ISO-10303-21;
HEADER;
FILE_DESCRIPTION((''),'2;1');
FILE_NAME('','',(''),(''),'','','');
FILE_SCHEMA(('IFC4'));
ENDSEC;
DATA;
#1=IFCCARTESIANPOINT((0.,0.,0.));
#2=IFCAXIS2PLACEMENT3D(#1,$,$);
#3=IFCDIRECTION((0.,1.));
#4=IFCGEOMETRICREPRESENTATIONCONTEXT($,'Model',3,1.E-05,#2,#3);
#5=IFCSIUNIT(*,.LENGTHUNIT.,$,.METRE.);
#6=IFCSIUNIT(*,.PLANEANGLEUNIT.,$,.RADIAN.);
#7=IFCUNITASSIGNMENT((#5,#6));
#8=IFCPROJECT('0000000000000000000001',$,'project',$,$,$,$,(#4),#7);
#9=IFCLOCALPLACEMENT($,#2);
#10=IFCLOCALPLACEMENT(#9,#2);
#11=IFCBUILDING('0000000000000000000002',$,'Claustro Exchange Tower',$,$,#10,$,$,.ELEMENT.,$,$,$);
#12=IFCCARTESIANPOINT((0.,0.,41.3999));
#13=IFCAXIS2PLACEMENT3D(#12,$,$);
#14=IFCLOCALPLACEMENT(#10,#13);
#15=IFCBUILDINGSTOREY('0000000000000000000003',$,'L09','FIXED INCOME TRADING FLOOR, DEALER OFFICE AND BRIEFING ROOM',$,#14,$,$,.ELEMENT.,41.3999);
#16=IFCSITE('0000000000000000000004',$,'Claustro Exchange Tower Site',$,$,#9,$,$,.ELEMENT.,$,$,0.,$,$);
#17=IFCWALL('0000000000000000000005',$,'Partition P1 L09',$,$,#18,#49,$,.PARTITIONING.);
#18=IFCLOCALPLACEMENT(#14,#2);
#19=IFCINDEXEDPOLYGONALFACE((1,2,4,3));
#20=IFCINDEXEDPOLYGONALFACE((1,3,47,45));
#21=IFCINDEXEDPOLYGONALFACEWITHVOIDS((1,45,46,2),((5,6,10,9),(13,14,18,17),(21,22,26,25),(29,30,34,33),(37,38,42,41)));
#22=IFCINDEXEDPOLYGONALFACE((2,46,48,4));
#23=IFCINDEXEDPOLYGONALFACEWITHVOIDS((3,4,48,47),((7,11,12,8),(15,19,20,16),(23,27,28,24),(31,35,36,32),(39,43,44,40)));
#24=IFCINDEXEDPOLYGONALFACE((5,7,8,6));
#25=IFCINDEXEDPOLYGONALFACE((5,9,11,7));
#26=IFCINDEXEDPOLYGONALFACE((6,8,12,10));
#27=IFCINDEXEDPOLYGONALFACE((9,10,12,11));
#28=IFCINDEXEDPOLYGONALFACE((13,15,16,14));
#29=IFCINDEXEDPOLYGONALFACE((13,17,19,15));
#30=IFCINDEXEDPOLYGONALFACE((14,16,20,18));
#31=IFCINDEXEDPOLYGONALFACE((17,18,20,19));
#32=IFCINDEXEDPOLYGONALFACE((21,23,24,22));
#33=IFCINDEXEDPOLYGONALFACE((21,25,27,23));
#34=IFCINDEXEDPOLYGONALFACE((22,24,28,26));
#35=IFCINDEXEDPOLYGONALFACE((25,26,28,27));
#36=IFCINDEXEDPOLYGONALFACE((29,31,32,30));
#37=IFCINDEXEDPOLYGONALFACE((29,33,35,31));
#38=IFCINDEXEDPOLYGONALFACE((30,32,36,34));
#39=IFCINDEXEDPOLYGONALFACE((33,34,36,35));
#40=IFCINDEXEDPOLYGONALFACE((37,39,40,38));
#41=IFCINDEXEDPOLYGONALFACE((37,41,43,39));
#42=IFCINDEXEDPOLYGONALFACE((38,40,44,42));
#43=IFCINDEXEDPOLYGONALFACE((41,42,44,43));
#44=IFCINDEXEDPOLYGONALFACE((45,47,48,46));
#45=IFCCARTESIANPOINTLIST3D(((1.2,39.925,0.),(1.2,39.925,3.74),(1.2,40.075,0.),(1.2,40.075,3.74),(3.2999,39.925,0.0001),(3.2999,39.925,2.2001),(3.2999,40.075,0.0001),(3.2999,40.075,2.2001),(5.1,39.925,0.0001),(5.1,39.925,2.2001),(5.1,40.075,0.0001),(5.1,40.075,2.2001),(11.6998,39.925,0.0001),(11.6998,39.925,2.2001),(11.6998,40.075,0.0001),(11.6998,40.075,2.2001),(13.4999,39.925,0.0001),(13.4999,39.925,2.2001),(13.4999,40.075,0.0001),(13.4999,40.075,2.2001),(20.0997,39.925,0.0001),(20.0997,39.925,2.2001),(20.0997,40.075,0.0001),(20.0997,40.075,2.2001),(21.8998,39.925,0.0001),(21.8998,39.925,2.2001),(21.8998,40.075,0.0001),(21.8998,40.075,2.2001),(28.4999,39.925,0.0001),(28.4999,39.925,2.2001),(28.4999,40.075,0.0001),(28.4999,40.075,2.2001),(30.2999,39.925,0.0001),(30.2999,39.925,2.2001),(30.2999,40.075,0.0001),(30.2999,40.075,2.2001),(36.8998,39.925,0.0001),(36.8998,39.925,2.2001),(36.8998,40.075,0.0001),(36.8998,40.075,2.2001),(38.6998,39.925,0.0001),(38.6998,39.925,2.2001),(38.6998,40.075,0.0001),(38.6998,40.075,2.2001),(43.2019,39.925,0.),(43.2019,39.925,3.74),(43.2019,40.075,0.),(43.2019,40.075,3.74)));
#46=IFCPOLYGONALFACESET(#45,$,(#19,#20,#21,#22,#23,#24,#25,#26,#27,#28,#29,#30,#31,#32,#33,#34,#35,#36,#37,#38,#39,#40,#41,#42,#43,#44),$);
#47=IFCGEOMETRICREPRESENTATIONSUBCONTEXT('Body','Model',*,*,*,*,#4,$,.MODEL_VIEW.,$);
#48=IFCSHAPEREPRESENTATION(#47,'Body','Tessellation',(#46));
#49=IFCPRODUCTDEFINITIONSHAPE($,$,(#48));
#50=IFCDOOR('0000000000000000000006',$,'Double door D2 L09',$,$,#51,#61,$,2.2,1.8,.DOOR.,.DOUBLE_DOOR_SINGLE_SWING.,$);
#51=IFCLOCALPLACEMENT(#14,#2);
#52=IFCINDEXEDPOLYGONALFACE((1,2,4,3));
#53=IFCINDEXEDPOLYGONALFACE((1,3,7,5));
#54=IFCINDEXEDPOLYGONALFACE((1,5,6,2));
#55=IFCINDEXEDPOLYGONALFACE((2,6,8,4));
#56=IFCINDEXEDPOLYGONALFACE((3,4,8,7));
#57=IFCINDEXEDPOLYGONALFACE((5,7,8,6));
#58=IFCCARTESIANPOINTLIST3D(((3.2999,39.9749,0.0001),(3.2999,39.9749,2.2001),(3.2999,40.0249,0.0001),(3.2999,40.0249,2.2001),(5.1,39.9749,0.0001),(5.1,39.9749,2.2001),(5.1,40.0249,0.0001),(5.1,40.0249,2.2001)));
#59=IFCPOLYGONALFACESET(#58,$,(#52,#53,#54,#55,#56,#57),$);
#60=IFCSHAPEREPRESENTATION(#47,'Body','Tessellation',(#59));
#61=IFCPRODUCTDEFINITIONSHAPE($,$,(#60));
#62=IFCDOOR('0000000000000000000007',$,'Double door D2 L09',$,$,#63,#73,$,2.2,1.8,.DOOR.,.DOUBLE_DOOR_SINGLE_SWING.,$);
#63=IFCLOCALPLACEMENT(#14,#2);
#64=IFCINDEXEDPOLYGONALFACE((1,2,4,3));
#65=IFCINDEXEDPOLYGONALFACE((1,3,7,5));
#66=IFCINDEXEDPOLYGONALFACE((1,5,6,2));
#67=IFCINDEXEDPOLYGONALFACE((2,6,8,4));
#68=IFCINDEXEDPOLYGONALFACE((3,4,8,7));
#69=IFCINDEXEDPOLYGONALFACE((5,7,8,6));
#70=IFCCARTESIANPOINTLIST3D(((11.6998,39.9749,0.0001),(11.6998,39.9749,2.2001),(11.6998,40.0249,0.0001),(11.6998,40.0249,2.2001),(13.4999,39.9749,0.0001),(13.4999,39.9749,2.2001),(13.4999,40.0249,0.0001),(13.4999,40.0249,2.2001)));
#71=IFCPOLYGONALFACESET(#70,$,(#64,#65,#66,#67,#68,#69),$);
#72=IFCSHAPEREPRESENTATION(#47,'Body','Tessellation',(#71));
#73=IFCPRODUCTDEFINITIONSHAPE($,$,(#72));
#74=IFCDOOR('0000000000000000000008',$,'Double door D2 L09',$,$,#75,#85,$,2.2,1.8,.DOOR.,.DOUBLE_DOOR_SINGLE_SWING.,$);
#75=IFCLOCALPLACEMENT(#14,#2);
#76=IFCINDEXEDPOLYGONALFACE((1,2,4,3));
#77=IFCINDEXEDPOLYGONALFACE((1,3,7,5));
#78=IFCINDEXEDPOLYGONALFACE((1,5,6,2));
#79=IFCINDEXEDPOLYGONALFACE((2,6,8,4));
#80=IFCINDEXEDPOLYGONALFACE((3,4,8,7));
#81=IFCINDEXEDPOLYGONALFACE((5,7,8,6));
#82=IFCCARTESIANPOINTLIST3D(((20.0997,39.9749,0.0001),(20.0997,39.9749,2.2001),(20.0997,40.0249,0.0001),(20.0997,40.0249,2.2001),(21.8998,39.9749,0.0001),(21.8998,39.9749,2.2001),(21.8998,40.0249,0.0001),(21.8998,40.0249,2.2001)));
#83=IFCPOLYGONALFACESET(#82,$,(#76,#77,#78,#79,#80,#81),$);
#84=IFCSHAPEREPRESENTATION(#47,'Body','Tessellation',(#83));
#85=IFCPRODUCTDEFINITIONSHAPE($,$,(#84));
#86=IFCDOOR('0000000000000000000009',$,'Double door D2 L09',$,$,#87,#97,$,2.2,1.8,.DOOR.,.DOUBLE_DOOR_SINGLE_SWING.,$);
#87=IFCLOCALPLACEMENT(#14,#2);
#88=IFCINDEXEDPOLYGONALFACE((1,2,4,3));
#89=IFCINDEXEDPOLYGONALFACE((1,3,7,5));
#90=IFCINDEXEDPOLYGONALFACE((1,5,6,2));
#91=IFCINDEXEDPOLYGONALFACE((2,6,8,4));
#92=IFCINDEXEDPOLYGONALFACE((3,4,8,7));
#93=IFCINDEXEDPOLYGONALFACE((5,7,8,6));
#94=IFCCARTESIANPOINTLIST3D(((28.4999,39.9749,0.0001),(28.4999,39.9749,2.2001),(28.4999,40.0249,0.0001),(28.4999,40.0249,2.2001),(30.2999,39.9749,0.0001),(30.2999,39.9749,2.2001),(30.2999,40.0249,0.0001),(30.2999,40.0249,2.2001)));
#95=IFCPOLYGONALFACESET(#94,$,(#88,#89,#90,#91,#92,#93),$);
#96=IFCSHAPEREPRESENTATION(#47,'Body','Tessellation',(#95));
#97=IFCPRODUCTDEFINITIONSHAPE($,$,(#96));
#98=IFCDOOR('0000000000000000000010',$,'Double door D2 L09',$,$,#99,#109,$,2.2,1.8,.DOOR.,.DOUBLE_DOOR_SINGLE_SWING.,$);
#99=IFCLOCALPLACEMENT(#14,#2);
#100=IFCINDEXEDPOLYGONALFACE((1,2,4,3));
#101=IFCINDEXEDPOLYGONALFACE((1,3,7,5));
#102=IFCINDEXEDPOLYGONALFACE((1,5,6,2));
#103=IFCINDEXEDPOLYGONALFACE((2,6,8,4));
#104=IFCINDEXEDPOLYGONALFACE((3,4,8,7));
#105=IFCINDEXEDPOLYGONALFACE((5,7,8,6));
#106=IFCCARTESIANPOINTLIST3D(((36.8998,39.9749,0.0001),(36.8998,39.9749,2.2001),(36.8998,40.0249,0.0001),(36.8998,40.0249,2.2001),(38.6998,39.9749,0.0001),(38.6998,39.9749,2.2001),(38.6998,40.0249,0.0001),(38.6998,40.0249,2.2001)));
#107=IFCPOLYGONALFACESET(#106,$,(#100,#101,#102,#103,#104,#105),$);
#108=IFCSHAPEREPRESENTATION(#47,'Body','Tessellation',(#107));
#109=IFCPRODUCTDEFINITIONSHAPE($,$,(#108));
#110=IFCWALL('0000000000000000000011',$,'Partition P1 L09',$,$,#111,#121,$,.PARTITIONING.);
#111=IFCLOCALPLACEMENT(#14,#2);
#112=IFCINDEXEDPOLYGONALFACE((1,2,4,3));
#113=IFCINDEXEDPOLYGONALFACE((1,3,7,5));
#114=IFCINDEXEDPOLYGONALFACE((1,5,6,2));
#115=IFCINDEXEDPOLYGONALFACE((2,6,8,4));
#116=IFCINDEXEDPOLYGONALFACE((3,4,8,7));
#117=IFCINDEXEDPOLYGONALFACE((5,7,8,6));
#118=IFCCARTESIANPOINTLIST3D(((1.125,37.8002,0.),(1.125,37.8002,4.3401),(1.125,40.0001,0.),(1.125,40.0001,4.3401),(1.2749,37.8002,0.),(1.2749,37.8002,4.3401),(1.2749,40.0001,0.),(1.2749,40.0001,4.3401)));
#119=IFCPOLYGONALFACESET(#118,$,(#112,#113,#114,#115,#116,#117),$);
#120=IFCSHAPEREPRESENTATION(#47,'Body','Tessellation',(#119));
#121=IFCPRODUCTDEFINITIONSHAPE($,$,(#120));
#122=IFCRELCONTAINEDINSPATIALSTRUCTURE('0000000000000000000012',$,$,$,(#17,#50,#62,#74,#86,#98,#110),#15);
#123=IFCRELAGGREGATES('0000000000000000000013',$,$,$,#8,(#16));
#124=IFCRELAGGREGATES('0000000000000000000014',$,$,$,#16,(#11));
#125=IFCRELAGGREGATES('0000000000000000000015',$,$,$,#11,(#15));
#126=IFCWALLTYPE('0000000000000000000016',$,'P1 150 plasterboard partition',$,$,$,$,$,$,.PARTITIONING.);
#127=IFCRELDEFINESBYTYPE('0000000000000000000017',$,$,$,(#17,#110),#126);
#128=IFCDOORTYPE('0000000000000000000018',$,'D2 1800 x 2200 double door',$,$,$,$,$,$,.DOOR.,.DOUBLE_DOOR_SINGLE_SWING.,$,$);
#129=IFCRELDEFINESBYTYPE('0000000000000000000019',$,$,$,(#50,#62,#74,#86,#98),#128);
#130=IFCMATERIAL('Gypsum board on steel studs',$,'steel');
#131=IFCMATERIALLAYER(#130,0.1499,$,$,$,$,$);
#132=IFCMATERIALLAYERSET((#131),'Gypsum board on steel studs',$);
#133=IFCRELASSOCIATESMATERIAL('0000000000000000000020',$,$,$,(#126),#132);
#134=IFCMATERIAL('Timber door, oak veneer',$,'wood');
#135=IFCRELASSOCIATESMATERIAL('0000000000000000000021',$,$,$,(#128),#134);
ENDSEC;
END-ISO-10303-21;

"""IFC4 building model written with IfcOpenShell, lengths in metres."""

from ifc_helpers import new_model, si_unit, direction, frame, frame_2d, origin, place, context, subcontext, project, spatial, rectangle, extrude, material, layer, layer_set, type_object, element, fill, save


model = new_model("IFC4")

# Units and contexts
model_context = context("Model", 3, precision=1e-05, world=origin(), true_north=direction((0.0, 1.0)))
body_context = subcontext(model_context, "Body", "Model", "MODEL_VIEW")
ifc_project = project(units=[si_unit("LENGTHUNIT", "METRE"), si_unit("PLANEANGLEUNIT", "RADIAN")], contexts=[model_context])

# Site, building, storey
site_placement = place(None, origin())
site = spatial("IfcSite", under=ifc_project, at=site_placement, Name="Claustro Exchange Tower Site", CompositionType="ELEMENT", RefElevation=0.0)
building_placement = place(site_placement, origin())
building = spatial("IfcBuilding", under=site, at=building_placement, Name="Claustro Exchange Tower", CompositionType="ELEMENT")
storey_placement = place(building_placement, frame((0.0, 0.0, 41.3999)))
storey = spatial("IfcBuildingStorey", under=building, at=storey_placement, Name="L09", Description="FIXED INCOME TRADING FLOOR, DEALER OFFICE AND BRIEFING ROOM", CompositionType="ELEMENT", Elevation=41.3999)

# Shared definitions
ifc_material_1 = material(Name="Gypsum board on steel studs", Category="steel")
ifc_layer_1 = layer(ifc_material_1, 0.1499)
ifc_layer_set_1 = layer_set([ifc_layer_1], Name="Gypsum board on steel studs")
wall_type_1 = type_object("IfcWallType", Name="P1 150 plasterboard partition", PredefinedType="PARTITIONING", material=ifc_layer_set_1)

# Wall, openings, doors
wall_1_placement = place(storey_placement, frame((1.2, 40.0, 0.0), z_axis=(0.0, 0.0, 1.0), x_axis=(1.0, 0.0, 0.0)))
wall_1 = element("IfcWall", 1, at=wall_1_placement, inside=storey, type_object=wall_type_1, Name="Partition P1 L09", PredefinedType="PARTITIONING", context=body_context, shape_type="SweptSolid", body=[
    extrude(rectangle(XDim=42.002, YDim=0.1499, at=frame_2d((21.001, 0.0))), origin(), (0.0, 0.0, 1.0), 3.74),
])
opening_1_placement = place(wall_1_placement, frame((2.1001, 0.0, 0.0)))
opening_1 = element("IfcOpeningElement", 2, at=opening_1_placement, cuts=wall_1, PredefinedType="OPENING", context=body_context, shape_type="SweptSolid", body=[
    extrude(rectangle(XDim=1.8, YDim=2.2, at=frame_2d((0.8999, 1.1001))), frame((0.0, 0.085, 0.0), z_axis=(0.0, -1.0, 0.0), x_axis=(1.0, 0.0, 0.0)), (0.0, 0.0, 1.0), 0.1699),
])
opening_2_placement = place(wall_1_placement, frame((10.5, 0.0, 0.0)))
opening_2 = element("IfcOpeningElement", 3, at=opening_2_placement, cuts=wall_1, PredefinedType="OPENING", context=body_context, shape_type="SweptSolid", body=[
    extrude(rectangle(XDim=1.8, YDim=2.2, at=frame_2d((0.8999, 1.1001))), frame((0.0, 0.085, 0.0), z_axis=(0.0, -1.0, 0.0), x_axis=(1.0, 0.0, 0.0)), (0.0, 0.0, 1.0), 0.1699),
])
opening_3_placement = place(wall_1_placement, frame((18.8999, 0.0, 0.0)))
opening_3 = element("IfcOpeningElement", 4, at=opening_3_placement, cuts=wall_1, PredefinedType="OPENING", context=body_context, shape_type="SweptSolid", body=[
    extrude(rectangle(XDim=1.8, YDim=2.2, at=frame_2d((0.8999, 1.1001))), frame((0.0, 0.085, 0.0), z_axis=(0.0, -1.0, 0.0), x_axis=(1.0, 0.0, 0.0)), (0.0, 0.0, 1.0), 0.1699),
])
opening_4_placement = place(wall_1_placement, frame((27.3, 0.0, 0.0)))
opening_4 = element("IfcOpeningElement", 5, at=opening_4_placement, cuts=wall_1, PredefinedType="OPENING", context=body_context, shape_type="SweptSolid", body=[
    extrude(rectangle(XDim=1.8, YDim=2.2, at=frame_2d((0.8999, 1.1001))), frame((0.0, 0.085, 0.0), z_axis=(0.0, -1.0, 0.0), x_axis=(1.0, 0.0, 0.0)), (0.0, 0.0, 1.0), 0.1699),
])
opening_5_placement = place(wall_1_placement, frame((35.7, 0.0, 0.0)))
opening_5 = element("IfcOpeningElement", 6, at=opening_5_placement, cuts=wall_1, PredefinedType="OPENING", context=body_context, shape_type="SweptSolid", body=[
    extrude(rectangle(XDim=1.8, YDim=2.2, at=frame_2d((0.8999, 1.1001))), frame((0.0, 0.085, 0.0), z_axis=(0.0, -1.0, 0.0), x_axis=(1.0, 0.0, 0.0)), (0.0, 0.0, 1.0), 0.1699),
])
ifc_material_2 = material(Name="Timber door, oak veneer", Category="wood")
door_type_1 = type_object("IfcDoorType", Name="D2 1800 x 2200 double door", OperationType="DOUBLE_DOOR_SINGLE_SWING", PredefinedType="DOOR", material=ifc_material_2)
door_1_placement = place(opening_1_placement, origin())
door_1 = element("IfcDoor", 7, at=door_1_placement, inside=storey, type_object=door_type_1, Name="Double door D2 L09", OperationType="DOUBLE_DOOR_SINGLE_SWING", OverallHeight=2.2, OverallWidth=1.8, PredefinedType="DOOR", context=body_context, shape_type="SweptSolid", body=[
    extrude(rectangle(XDim=1.8, YDim=2.2, at=frame_2d((0.8999, 1.1001))), frame((0.0, 0.0249, 0.0), z_axis=(0.0, -1.0, 0.0), x_axis=(1.0, 0.0, 0.0)), (0.0, 0.0, 1.0), 0.05),
])
fill(opening_1, door_1)
door_2_placement = place(opening_2_placement, origin())
door_2 = element("IfcDoor", 8, at=door_2_placement, inside=storey, type_object=door_type_1, Name="Double door D2 L09", OperationType="DOUBLE_DOOR_SINGLE_SWING", OverallHeight=2.2, OverallWidth=1.8, PredefinedType="DOOR", context=body_context, shape_type="SweptSolid", body=[
    extrude(rectangle(XDim=1.8, YDim=2.2, at=frame_2d((0.8999, 1.1001))), frame((0.0, 0.0249, 0.0), z_axis=(0.0, -1.0, 0.0), x_axis=(1.0, 0.0, 0.0)), (0.0, 0.0, 1.0), 0.05),
])
fill(opening_2, door_2)
door_3_placement = place(opening_3_placement, origin())
door_3 = element("IfcDoor", 9, at=door_3_placement, inside=storey, type_object=door_type_1, Name="Double door D2 L09", OperationType="DOUBLE_DOOR_SINGLE_SWING", OverallHeight=2.2, OverallWidth=1.8, PredefinedType="DOOR", context=body_context, shape_type="SweptSolid", body=[
    extrude(rectangle(XDim=1.8, YDim=2.2, at=frame_2d((0.8999, 1.1001))), frame((0.0, 0.0249, 0.0), z_axis=(0.0, -1.0, 0.0), x_axis=(1.0, 0.0, 0.0)), (0.0, 0.0, 1.0), 0.05),
])
fill(opening_3, door_3)
door_4_placement = place(opening_4_placement, origin())
door_4 = element("IfcDoor", 10, at=door_4_placement, inside=storey, type_object=door_type_1, Name="Double door D2 L09", OperationType="DOUBLE_DOOR_SINGLE_SWING", OverallHeight=2.2, OverallWidth=1.8, PredefinedType="DOOR", context=body_context, shape_type="SweptSolid", body=[
    extrude(rectangle(XDim=1.8, YDim=2.2, at=frame_2d((0.8999, 1.1001))), frame((0.0, 0.0249, 0.0), z_axis=(0.0, -1.0, 0.0), x_axis=(1.0, 0.0, 0.0)), (0.0, 0.0, 1.0), 0.05),
])
fill(opening_4, door_4)
door_5_placement = place(opening_5_placement, origin())
door_5 = element("IfcDoor", 11, at=door_5_placement, inside=storey, type_object=door_type_1, Name="Double door D2 L09", OperationType="DOUBLE_DOOR_SINGLE_SWING", OverallHeight=2.2, OverallWidth=1.8, PredefinedType="DOOR", context=body_context, shape_type="SweptSolid", body=[
    extrude(rectangle(XDim=1.8, YDim=2.2, at=frame_2d((0.8999, 1.1001))), frame((0.0, 0.0249, 0.0), z_axis=(0.0, -1.0, 0.0), x_axis=(1.0, 0.0, 0.0)), (0.0, 0.0, 1.0), 0.05),
])
fill(opening_5, door_5)

# Wall
wall_2_placement = place(storey_placement, frame((1.2, 37.8, 0.0), z_axis=(0.0, 0.0, 1.0), x_axis=(0.0, 1.0, 0.0)))
element("IfcWall", 12, at=wall_2_placement, inside=storey, type_object=wall_type_1, Name="Partition P1 L09", PredefinedType="PARTITIONING", context=body_context, shape_type="SweptSolid", body=[
    extrude(rectangle(XDim=2.2, YDim=0.1499, at=frame_2d((1.1001, 0.0))), origin(), (0.0, 0.0, 1.0), 4.3401),
])

save(model, "model.ifc")
